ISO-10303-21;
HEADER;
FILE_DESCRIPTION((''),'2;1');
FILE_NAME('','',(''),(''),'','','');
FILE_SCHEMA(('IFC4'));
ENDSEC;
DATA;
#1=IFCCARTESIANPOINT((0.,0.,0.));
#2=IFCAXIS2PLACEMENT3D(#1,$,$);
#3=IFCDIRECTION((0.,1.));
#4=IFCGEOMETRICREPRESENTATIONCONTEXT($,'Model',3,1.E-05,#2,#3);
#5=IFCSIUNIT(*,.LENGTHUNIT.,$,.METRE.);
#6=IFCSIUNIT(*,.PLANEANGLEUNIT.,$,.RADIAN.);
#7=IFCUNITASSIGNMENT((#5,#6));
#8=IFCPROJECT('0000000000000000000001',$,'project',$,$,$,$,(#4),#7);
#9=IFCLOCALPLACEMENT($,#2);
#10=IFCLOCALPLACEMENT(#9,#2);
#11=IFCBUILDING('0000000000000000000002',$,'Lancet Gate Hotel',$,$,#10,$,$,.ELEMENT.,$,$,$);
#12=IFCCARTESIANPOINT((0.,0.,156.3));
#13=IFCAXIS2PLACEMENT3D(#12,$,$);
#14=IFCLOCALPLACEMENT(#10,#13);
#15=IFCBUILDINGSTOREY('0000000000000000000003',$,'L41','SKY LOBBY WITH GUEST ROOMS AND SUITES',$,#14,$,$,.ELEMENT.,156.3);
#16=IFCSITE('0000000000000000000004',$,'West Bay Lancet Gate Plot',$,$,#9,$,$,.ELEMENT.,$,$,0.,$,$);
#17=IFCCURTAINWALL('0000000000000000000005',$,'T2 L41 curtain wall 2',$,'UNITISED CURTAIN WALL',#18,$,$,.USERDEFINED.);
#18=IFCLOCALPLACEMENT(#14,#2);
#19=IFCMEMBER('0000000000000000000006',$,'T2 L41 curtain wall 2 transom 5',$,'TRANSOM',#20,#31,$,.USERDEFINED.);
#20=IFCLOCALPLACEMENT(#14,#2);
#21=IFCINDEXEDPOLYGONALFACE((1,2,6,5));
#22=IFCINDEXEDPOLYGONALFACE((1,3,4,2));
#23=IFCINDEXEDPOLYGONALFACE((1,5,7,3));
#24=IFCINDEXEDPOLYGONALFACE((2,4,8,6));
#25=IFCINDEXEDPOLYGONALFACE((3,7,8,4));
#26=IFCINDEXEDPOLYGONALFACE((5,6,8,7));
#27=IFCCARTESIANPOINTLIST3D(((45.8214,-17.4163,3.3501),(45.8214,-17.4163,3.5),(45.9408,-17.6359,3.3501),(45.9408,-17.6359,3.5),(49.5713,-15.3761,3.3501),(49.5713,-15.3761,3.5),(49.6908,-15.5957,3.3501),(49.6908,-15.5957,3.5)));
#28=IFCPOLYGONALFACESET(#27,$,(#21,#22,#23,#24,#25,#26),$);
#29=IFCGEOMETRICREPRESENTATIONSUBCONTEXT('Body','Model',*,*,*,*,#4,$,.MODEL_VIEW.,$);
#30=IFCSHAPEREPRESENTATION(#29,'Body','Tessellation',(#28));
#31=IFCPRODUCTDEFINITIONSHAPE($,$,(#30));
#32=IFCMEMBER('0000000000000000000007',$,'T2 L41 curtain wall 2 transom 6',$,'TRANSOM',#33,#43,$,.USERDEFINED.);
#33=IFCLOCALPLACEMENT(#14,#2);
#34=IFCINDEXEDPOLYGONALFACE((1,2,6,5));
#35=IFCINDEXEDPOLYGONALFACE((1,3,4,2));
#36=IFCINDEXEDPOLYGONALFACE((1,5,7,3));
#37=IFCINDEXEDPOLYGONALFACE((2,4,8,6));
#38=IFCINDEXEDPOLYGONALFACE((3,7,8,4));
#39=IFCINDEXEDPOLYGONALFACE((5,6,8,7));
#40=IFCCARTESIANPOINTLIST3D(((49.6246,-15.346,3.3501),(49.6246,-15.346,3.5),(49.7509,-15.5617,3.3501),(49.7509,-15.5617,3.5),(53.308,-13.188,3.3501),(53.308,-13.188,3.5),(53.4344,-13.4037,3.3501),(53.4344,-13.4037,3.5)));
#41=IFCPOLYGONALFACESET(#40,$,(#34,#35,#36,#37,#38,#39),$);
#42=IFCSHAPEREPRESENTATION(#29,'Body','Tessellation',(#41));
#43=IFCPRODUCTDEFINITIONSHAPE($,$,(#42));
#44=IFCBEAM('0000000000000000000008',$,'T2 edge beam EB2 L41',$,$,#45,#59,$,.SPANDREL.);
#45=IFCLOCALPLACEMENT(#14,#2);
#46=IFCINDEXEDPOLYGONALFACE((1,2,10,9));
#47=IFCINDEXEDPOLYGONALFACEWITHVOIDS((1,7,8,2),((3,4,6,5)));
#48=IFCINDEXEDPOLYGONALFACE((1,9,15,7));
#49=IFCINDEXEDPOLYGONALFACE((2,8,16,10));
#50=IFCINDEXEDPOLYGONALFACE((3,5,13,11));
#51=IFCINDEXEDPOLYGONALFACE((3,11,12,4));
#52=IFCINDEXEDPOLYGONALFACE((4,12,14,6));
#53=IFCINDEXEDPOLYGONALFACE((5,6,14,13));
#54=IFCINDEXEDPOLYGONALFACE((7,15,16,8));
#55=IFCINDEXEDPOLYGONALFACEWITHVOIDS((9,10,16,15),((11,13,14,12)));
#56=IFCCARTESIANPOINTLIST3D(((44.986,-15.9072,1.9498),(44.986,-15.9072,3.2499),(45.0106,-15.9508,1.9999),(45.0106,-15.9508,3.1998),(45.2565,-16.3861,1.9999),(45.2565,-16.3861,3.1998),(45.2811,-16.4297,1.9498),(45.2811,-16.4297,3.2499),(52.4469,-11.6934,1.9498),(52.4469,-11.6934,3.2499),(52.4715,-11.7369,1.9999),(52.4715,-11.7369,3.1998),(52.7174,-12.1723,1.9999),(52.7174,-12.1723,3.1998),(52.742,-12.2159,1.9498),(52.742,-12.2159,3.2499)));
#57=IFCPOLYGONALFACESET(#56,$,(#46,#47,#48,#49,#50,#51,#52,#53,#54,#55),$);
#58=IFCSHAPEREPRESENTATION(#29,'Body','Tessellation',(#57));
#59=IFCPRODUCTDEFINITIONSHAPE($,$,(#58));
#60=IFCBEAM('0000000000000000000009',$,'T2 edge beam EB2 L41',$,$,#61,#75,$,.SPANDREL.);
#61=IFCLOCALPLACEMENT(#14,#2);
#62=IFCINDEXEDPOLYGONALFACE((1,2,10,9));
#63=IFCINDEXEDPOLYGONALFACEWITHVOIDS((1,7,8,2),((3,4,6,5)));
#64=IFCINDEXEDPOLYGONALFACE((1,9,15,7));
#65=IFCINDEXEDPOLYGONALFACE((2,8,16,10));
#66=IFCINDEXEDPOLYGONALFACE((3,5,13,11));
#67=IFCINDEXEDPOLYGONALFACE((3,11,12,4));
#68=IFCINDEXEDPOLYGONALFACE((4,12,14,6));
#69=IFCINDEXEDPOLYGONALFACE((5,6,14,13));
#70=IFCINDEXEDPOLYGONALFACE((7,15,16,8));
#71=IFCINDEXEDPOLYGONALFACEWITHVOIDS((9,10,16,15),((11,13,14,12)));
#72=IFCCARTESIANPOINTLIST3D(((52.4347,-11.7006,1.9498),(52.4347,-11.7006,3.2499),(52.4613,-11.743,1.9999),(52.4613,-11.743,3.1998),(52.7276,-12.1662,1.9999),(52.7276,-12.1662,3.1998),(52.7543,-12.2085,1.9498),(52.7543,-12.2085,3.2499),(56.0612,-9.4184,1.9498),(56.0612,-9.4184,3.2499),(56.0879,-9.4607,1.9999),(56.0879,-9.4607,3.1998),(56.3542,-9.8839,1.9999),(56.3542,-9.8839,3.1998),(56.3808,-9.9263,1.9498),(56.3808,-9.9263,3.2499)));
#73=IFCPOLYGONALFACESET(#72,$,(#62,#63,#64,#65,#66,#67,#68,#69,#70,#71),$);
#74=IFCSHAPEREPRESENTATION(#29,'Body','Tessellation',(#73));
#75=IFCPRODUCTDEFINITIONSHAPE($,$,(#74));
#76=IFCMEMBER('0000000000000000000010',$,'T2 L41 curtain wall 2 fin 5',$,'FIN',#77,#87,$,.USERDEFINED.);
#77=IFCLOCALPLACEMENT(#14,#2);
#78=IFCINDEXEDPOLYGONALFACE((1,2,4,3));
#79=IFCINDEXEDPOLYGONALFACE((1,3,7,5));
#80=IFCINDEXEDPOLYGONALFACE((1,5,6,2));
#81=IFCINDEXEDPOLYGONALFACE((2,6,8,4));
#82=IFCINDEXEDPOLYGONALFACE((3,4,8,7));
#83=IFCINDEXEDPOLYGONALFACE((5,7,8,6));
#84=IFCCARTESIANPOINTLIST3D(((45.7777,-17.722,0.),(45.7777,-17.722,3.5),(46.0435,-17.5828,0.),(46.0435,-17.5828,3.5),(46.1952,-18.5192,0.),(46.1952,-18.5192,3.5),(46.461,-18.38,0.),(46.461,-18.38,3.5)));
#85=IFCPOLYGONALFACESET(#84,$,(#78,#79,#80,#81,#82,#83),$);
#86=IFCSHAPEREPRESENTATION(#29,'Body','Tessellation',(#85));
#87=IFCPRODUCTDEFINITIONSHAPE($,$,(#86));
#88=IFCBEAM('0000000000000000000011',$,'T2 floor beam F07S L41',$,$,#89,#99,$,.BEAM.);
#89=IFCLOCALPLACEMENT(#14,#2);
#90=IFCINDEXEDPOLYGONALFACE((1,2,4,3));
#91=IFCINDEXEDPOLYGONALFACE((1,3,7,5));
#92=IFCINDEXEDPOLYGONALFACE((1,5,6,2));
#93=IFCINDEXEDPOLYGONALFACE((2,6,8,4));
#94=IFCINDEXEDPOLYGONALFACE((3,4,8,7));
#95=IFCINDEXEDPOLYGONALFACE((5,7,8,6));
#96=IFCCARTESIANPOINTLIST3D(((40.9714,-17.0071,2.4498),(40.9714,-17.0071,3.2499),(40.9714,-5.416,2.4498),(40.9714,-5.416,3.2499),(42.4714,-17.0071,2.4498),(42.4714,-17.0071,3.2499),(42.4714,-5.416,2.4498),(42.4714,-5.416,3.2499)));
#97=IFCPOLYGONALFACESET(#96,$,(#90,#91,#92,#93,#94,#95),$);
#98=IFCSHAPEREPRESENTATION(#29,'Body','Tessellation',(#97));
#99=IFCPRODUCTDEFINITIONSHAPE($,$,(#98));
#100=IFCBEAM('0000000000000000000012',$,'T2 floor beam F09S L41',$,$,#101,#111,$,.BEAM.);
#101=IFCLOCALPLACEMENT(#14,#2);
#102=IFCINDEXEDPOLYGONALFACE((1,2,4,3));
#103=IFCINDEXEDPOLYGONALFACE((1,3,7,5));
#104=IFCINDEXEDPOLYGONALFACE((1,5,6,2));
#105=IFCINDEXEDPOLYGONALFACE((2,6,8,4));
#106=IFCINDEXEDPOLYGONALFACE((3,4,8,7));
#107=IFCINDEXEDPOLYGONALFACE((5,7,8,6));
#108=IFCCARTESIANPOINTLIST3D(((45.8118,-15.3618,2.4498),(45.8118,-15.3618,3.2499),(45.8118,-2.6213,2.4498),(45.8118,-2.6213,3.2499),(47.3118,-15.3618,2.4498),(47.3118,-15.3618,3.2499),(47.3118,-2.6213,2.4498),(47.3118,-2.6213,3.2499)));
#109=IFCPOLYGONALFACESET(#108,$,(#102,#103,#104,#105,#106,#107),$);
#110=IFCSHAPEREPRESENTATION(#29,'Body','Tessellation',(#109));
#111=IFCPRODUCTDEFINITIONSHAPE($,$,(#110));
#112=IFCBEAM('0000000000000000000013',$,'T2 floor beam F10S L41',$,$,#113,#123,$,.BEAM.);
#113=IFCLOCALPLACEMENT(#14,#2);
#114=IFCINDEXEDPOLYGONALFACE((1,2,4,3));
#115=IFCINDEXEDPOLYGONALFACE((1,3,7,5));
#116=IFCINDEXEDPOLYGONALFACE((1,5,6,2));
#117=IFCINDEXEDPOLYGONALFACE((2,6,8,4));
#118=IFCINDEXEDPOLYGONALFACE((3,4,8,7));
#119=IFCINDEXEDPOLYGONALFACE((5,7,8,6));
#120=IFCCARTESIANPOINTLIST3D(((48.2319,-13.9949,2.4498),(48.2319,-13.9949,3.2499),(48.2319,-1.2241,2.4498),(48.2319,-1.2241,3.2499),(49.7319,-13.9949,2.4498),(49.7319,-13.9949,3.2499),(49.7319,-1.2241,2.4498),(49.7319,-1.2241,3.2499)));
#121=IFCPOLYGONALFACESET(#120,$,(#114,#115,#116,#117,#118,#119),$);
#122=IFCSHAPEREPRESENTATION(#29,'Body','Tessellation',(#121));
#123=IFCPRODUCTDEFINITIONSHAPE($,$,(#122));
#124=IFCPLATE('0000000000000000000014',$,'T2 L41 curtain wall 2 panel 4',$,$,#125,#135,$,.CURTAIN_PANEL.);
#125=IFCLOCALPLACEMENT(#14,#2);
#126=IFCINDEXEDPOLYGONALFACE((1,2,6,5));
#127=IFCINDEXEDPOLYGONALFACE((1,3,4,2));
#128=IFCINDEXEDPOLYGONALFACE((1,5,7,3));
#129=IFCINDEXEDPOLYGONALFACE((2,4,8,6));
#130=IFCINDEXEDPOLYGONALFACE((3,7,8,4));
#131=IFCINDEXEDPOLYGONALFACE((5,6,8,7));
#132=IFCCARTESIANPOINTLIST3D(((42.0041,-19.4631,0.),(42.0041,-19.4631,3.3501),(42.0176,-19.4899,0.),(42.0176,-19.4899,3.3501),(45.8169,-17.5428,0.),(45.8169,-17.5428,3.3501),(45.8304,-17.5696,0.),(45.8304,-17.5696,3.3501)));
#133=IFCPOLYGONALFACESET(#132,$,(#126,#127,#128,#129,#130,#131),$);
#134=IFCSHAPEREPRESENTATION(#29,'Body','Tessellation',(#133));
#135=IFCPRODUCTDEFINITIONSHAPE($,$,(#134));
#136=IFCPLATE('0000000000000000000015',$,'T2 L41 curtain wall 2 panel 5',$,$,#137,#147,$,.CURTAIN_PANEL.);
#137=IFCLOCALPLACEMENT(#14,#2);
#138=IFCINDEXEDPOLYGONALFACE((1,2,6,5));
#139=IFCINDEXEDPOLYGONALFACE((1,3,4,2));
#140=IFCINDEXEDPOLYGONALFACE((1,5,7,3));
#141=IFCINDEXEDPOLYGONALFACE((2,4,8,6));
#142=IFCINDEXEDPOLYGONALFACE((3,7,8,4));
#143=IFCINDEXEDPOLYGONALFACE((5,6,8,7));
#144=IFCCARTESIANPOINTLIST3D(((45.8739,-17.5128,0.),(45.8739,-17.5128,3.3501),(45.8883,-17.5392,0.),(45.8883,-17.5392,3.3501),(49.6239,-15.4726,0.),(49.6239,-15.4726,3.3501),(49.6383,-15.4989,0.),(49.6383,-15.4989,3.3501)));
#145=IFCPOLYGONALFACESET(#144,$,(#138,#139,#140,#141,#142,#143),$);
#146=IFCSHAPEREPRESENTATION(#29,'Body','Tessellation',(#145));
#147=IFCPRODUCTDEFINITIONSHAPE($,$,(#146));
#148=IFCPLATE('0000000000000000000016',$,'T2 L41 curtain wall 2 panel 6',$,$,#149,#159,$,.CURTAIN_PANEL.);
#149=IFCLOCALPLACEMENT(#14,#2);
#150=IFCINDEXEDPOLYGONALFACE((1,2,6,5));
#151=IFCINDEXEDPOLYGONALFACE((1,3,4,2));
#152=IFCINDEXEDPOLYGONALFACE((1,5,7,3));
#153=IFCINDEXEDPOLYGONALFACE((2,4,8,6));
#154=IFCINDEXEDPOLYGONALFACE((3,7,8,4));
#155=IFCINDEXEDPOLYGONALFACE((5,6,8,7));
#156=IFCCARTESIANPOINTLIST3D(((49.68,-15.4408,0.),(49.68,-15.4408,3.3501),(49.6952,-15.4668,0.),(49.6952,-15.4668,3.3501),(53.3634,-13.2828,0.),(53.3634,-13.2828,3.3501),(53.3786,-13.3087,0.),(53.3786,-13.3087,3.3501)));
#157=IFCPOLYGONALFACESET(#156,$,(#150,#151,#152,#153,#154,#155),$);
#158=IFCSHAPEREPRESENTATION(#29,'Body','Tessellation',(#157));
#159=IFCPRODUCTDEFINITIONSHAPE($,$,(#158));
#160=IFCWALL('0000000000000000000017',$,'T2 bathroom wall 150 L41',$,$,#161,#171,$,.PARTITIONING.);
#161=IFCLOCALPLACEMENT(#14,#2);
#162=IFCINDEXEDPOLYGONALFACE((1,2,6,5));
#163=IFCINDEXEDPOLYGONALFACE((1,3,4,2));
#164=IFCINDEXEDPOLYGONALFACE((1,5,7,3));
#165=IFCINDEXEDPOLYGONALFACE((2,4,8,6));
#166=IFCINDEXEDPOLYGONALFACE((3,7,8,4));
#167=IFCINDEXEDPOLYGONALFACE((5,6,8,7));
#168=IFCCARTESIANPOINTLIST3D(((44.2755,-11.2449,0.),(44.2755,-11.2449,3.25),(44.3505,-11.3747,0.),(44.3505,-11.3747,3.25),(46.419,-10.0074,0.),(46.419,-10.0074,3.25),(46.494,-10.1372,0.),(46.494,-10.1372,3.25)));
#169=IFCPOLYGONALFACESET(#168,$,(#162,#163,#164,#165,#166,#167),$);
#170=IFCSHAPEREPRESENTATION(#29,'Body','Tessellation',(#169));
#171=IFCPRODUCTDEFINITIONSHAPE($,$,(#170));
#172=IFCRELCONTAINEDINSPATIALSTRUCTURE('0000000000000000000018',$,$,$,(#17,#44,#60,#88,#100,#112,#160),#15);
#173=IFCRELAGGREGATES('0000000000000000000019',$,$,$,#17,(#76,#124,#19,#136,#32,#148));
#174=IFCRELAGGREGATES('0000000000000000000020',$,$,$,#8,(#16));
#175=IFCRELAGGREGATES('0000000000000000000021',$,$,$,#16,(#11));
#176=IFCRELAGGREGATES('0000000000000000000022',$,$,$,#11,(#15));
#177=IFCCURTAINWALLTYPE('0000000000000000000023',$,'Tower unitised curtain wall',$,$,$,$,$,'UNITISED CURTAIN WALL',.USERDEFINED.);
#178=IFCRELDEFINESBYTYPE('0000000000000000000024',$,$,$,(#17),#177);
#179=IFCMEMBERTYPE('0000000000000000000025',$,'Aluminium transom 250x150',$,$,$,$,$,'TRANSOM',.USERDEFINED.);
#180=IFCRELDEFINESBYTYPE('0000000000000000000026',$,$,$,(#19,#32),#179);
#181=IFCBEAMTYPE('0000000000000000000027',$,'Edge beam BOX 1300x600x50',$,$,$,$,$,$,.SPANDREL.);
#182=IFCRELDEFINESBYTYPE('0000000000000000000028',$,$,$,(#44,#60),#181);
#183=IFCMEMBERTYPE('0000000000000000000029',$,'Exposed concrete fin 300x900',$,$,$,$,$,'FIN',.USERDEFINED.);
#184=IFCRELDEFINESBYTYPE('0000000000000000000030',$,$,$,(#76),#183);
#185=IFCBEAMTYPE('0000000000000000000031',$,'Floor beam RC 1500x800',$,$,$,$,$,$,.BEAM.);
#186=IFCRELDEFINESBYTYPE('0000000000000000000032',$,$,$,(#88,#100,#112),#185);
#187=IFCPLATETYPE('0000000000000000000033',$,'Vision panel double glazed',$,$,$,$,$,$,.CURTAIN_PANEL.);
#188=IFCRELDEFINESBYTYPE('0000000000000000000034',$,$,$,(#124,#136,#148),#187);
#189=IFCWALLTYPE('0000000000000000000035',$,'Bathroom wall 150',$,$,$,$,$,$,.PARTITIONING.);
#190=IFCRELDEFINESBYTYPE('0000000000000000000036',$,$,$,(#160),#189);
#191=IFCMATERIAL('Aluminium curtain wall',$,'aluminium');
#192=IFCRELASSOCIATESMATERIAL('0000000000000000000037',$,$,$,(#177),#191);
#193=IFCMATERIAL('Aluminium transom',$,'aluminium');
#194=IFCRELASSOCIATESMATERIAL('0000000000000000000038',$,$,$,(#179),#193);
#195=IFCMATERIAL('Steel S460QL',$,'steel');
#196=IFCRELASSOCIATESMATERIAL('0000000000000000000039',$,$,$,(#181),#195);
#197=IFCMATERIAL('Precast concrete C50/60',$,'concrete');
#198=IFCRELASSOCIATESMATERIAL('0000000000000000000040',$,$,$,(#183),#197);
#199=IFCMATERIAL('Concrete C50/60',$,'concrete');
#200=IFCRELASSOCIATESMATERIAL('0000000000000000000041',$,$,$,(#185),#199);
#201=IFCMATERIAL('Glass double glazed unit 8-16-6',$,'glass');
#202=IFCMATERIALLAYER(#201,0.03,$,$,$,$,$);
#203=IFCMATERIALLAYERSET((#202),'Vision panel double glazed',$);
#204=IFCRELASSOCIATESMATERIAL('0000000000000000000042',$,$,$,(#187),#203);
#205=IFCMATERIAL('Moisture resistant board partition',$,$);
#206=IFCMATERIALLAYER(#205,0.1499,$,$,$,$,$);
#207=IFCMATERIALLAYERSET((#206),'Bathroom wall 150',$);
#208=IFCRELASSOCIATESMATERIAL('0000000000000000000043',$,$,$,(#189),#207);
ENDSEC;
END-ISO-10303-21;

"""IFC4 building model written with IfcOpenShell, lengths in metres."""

from ifc_helpers import new_model, si_unit, direction, frame, frame_2d, origin, origin_2d, place, context, subcontext, project, spatial, rectangle, hollow_rectangle, extrude, material, layer, layer_set, material_profile, profile_set, type_object, element, aggregate, save


model = new_model("IFC4")

# Units and contexts
model_context = context("Model", 3, precision=1e-05, world=origin(), true_north=direction((0.0, 1.0)))
body_context = subcontext(model_context, "Body", "Model", "MODEL_VIEW")
ifc_project = project(units=[si_unit("LENGTHUNIT", "METRE"), si_unit("PLANEANGLEUNIT", "RADIAN")], contexts=[model_context])

# Site, building, storey
site_placement = place(None, origin())
site = spatial("IfcSite", under=ifc_project, at=site_placement, Name="West Bay Lancet Gate Plot", CompositionType="ELEMENT", RefElevation=0.0)
building_placement = place(site_placement, origin())
building = spatial("IfcBuilding", under=site, at=building_placement, Name="Lancet Gate Hotel", CompositionType="ELEMENT")
storey_placement = place(building_placement, frame((0.0, 0.0, 156.3)))
storey = spatial("IfcBuildingStorey", under=building, at=storey_placement, Name="L41", Description="SKY LOBBY WITH GUEST ROOMS AND SUITES", CompositionType="ELEMENT", Elevation=156.3)

# Curtain wall, members
ifc_material_1 = material(Name="Aluminium curtain wall", Category="aluminium")
curtain_wall_type = type_object("IfcCurtainWallType", Name="Tower unitised curtain wall", ElementType="UNITISED CURTAIN WALL", PredefinedType="USERDEFINED", material=ifc_material_1)
curtain_wall_placement = place(storey_placement, origin())
curtain_wall = element("IfcCurtainWall", 1, at=curtain_wall_placement, inside=storey, type_object=curtain_wall_type, Name="T2 L41 curtain wall 2", ObjectType="UNITISED CURTAIN WALL", PredefinedType="USERDEFINED")
ifc_material_2 = material(Name="Aluminium transom", Category="aluminium")
ifc_material_profile_1 = material_profile(ifc_material_2, rectangle(XDim=0.25, YDim=0.1499, at=origin_2d()), Name="TRANSOM 250x150")
ifc_profile_set_1 = profile_set([ifc_material_profile_1], Name="Aluminium transom")
member_type_1 = type_object("IfcMemberType", Name="Aluminium transom 250x150", ElementType="TRANSOM", PredefinedType="USERDEFINED", material=ifc_profile_set_1)
member_1_placement = place(storey_placement, frame((45.8811, -17.5261, 3.425), z_axis=(0.878404, 0.477918, 0.0), x_axis=(-0.477918, 0.878404, 0.0)))
member_1 = element("IfcMember", 2, at=member_1_placement, type_object=member_type_1, Name="T2 L41 curtain wall 2 transom 5", ObjectType="TRANSOM", PredefinedType="USERDEFINED", context=body_context, shape_type="SweptSolid", body=[
    extrude(rectangle(XDim=0.25, YDim=0.1499, at=origin_2d()), origin(), (0.0, 0.0, 1.0), 4.269),
])
member_2_placement = place(storey_placement, frame((49.6877, -15.4539, 3.425), z_axis=(0.862825, 0.505502, 0.0), x_axis=(-0.505502, 0.862825, 0.0)))
member_2 = element("IfcMember", 3, at=member_2_placement, type_object=member_type_1, Name="T2 L41 curtain wall 2 transom 6", ObjectType="TRANSOM", PredefinedType="USERDEFINED", context=body_context, shape_type="SweptSolid", body=[
    extrude(rectangle(XDim=0.25, YDim=0.1499, at=origin_2d()), origin(), (0.0, 0.0, 1.0), 4.269),
])

# Beams
ifc_material_3 = material(Name="Steel S460QL", Category="steel")
ifc_material_profile_2 = material_profile(ifc_material_3, hollow_rectangle(XDim=0.6001, YDim=1.3, WallThickness=0.05, at=origin_2d()), Name="BOX 1300x600x50")
ifc_profile_set_2 = profile_set([ifc_material_profile_2], Name="Steel S460QL")
beam_type_1 = type_object("IfcBeamType", Name="Edge beam BOX 1300x600x50", PredefinedType="SPANDREL", material=ifc_profile_set_2)
beam_1_placement = place(storey_placement, frame((45.1335, -16.1685, 2.5999), z_axis=(0.870722, 0.491776, 0.0), x_axis=(-0.491776, 0.870722, 0.0)))
element("IfcBeam", 4, at=beam_1_placement, inside=storey, type_object=beam_type_1, Name="T2 edge beam EB2 L41", PredefinedType="SPANDREL", context=body_context, shape_type="SweptSolid", body=[
    extrude(hollow_rectangle(XDim=0.6001, YDim=1.3, WallThickness=0.05, at=origin_2d()), origin(), (0.0, 0.0, 1.0), 8.5686),
])
beam_2_placement = place(storey_placement, frame((52.5945, -11.9546, 2.5999), z_axis=(0.846349, 0.532629, 0.0), x_axis=(-0.532629, 0.846349, 0.0)))
element("IfcBeam", 5, at=beam_2_placement, inside=storey, type_object=beam_type_1, Name="T2 edge beam EB2 L41", PredefinedType="SPANDREL", context=body_context, shape_type="SweptSolid", body=[
    extrude(hollow_rectangle(XDim=0.6001, YDim=1.3, WallThickness=0.05, at=origin_2d()), origin(), (0.0, 0.0, 1.0), 4.2849),
])

# Member
ifc_material_4 = material(Name="Precast concrete C50/60", Category="concrete")
ifc_material_profile_3 = material_profile(ifc_material_4, rectangle(XDim=0.3, YDim=0.8999, at=origin_2d()), Name="FIN 300x900")
ifc_profile_set_3 = profile_set([ifc_material_profile_3], Name="Precast concrete C50/60")
member_type_2 = type_object("IfcMemberType", Name="Exposed concrete fin 300x900", ElementType="FIN", PredefinedType="USERDEFINED", material=ifc_profile_set_3)
member_3_placement = place(storey_placement, frame((46.1194, -18.051, 0.0), z_axis=(0.0, 0.0, 1.0), x_axis=(0.885877, 0.46392, 0.0)))
member_3 = element("IfcMember", 6, at=member_3_placement, type_object=member_type_2, Name="T2 L41 curtain wall 2 fin 5", ObjectType="FIN", PredefinedType="USERDEFINED", context=body_context, shape_type="SweptSolid", body=[
    extrude(rectangle(XDim=0.3, YDim=0.8999, at=origin_2d()), origin(), (0.0, 0.0, 1.0), 3.5),
])

# Beams
ifc_material_5 = material(Name="Concrete C50/60", Category="concrete")
ifc_material_profile_4 = material_profile(ifc_material_5, rectangle(XDim=1.5, YDim=0.8, at=origin_2d()), Name="RC 1500x800")
ifc_profile_set_4 = profile_set([ifc_material_profile_4], Name="Concrete C50/60")
beam_type_2 = type_object("IfcBeamType", Name="Floor beam RC 1500x800", PredefinedType="BEAM", material=ifc_profile_set_4)
beam_3_placement = place(storey_placement, frame((41.7214, -17.0071, 2.8499), z_axis=(0.0, 1.0, 0.0), x_axis=(-1.0, 0.0, 0.0)))
element("IfcBeam", 7, at=beam_3_placement, inside=storey, type_object=beam_type_2, Name="T2 floor beam F07S L41", PredefinedType="BEAM", context=body_context, shape_type="SweptSolid", body=[
    extrude(rectangle(XDim=1.5, YDim=0.8, at=origin_2d()), origin(), (0.0, 0.0, 1.0), 11.5911),
])
beam_4_placement = place(storey_placement, frame((46.5618, -15.3618, 2.8499), z_axis=(0.0, 1.0, 0.0), x_axis=(-1.0, 0.0, 0.0)))
element("IfcBeam", 8, at=beam_4_placement, inside=storey, type_object=beam_type_2, Name="T2 floor beam F09S L41", PredefinedType="BEAM", context=body_context, shape_type="SweptSolid", body=[
    extrude(rectangle(XDim=1.5, YDim=0.8, at=origin_2d()), origin(), (0.0, 0.0, 1.0), 12.7405),
])
beam_5_placement = place(storey_placement, frame((48.9819, -13.9949, 2.8499), z_axis=(0.0, 1.0, 0.0), x_axis=(-1.0, 0.0, 0.0)))
element("IfcBeam", 9, at=beam_5_placement, inside=storey, type_object=beam_type_2, Name="T2 floor beam F10S L41", PredefinedType="BEAM", context=body_context, shape_type="SweptSolid", body=[
    extrude(rectangle(XDim=1.5, YDim=0.8, at=origin_2d()), origin(), (0.0, 0.0, 1.0), 12.7708),
])

# Plates
ifc_material_6 = material(Name="Glass double glazed unit 8-16-6", Category="glass")
ifc_layer_1 = layer(ifc_material_6, 0.03)
ifc_layer_set_1 = layer_set([ifc_layer_1], Name="Vision panel double glazed")
plate_type = type_object("IfcPlateType", Name="Vision panel double glazed", PredefinedType="CURTAIN_PANEL", material=ifc_layer_set_1)
plate_1_placement = place(storey_placement, frame((43.9172, -18.5164, 0.0), z_axis=(0.0, 0.0, 1.0), x_axis=(0.893121, 0.449816, 0.0)))
plate_1 = element("IfcPlate", 10, at=plate_1_placement, type_object=plate_type, Name="T2 L41 curtain wall 2 panel 4", PredefinedType="CURTAIN_PANEL", context=body_context, shape_type="SweptSolid", body=[
    extrude(rectangle(XDim=4.269, YDim=0.03, at=origin_2d()), origin(), (0.0, 0.0, 1.0), 3.3501),
])
plate_2_placement = place(storey_placement, frame((47.7561, -16.5059, 0.0), z_axis=(0.0, 0.0, 1.0), x_axis=(0.87841, 0.477908, 0.0)))
plate_2 = element("IfcPlate", 11, at=plate_2_placement, type_object=plate_type, Name="T2 L41 curtain wall 2 panel 5", PredefinedType="CURTAIN_PANEL", context=body_context, shape_type="SweptSolid", body=[
    extrude(rectangle(XDim=4.269, YDim=0.03, at=origin_2d()), origin(), (0.0, 0.0, 1.0), 3.3501),
])
plate_3_placement = place(storey_placement, frame((51.5293, -14.3748, 0.0), z_axis=(0.0, 0.0, 1.0), x_axis=(0.862815, 0.50552, 0.0)))
plate_3 = element("IfcPlate", 12, at=plate_3_placement, type_object=plate_type, Name="T2 L41 curtain wall 2 panel 6", PredefinedType="CURTAIN_PANEL", context=body_context, shape_type="SweptSolid", body=[
    extrude(rectangle(XDim=4.269, YDim=0.03, at=origin_2d()), origin(), (0.0, 0.0, 1.0), 3.3501),
])
aggregate(curtain_wall, [member_3, plate_1, member_1, plate_2, member_2, plate_3])

# Wall
ifc_material_7 = material(Name="Moisture resistant board partition")
ifc_layer_2 = layer(ifc_material_7, 0.1499)
ifc_layer_set_2 = layer_set([ifc_layer_2], Name="Bathroom wall 150")
wall_type_1 = type_object("IfcWallType", Name="Bathroom wall 150", PredefinedType="PARTITIONING", material=ifc_layer_set_2)
wall_1_placement = place(storey_placement, frame((44.313, -11.3098, 0.0), z_axis=(0.0, 0.0, 1.0), x_axis=(0.866031, 0.49999, 0.0)))
element("IfcWall", 13, at=wall_1_placement, inside=storey, type_object=wall_type_1, Name="T2 bathroom wall 150 L41", PredefinedType="PARTITIONING", context=body_context, shape_type="SweptSolid", body=[
    extrude(rectangle(XDim=2.4751, YDim=0.1499, at=frame_2d((1.2375, 0.0))), origin(), (0.0, 0.0, 1.0), 3.25),
])

save(model, "model.ifc")
